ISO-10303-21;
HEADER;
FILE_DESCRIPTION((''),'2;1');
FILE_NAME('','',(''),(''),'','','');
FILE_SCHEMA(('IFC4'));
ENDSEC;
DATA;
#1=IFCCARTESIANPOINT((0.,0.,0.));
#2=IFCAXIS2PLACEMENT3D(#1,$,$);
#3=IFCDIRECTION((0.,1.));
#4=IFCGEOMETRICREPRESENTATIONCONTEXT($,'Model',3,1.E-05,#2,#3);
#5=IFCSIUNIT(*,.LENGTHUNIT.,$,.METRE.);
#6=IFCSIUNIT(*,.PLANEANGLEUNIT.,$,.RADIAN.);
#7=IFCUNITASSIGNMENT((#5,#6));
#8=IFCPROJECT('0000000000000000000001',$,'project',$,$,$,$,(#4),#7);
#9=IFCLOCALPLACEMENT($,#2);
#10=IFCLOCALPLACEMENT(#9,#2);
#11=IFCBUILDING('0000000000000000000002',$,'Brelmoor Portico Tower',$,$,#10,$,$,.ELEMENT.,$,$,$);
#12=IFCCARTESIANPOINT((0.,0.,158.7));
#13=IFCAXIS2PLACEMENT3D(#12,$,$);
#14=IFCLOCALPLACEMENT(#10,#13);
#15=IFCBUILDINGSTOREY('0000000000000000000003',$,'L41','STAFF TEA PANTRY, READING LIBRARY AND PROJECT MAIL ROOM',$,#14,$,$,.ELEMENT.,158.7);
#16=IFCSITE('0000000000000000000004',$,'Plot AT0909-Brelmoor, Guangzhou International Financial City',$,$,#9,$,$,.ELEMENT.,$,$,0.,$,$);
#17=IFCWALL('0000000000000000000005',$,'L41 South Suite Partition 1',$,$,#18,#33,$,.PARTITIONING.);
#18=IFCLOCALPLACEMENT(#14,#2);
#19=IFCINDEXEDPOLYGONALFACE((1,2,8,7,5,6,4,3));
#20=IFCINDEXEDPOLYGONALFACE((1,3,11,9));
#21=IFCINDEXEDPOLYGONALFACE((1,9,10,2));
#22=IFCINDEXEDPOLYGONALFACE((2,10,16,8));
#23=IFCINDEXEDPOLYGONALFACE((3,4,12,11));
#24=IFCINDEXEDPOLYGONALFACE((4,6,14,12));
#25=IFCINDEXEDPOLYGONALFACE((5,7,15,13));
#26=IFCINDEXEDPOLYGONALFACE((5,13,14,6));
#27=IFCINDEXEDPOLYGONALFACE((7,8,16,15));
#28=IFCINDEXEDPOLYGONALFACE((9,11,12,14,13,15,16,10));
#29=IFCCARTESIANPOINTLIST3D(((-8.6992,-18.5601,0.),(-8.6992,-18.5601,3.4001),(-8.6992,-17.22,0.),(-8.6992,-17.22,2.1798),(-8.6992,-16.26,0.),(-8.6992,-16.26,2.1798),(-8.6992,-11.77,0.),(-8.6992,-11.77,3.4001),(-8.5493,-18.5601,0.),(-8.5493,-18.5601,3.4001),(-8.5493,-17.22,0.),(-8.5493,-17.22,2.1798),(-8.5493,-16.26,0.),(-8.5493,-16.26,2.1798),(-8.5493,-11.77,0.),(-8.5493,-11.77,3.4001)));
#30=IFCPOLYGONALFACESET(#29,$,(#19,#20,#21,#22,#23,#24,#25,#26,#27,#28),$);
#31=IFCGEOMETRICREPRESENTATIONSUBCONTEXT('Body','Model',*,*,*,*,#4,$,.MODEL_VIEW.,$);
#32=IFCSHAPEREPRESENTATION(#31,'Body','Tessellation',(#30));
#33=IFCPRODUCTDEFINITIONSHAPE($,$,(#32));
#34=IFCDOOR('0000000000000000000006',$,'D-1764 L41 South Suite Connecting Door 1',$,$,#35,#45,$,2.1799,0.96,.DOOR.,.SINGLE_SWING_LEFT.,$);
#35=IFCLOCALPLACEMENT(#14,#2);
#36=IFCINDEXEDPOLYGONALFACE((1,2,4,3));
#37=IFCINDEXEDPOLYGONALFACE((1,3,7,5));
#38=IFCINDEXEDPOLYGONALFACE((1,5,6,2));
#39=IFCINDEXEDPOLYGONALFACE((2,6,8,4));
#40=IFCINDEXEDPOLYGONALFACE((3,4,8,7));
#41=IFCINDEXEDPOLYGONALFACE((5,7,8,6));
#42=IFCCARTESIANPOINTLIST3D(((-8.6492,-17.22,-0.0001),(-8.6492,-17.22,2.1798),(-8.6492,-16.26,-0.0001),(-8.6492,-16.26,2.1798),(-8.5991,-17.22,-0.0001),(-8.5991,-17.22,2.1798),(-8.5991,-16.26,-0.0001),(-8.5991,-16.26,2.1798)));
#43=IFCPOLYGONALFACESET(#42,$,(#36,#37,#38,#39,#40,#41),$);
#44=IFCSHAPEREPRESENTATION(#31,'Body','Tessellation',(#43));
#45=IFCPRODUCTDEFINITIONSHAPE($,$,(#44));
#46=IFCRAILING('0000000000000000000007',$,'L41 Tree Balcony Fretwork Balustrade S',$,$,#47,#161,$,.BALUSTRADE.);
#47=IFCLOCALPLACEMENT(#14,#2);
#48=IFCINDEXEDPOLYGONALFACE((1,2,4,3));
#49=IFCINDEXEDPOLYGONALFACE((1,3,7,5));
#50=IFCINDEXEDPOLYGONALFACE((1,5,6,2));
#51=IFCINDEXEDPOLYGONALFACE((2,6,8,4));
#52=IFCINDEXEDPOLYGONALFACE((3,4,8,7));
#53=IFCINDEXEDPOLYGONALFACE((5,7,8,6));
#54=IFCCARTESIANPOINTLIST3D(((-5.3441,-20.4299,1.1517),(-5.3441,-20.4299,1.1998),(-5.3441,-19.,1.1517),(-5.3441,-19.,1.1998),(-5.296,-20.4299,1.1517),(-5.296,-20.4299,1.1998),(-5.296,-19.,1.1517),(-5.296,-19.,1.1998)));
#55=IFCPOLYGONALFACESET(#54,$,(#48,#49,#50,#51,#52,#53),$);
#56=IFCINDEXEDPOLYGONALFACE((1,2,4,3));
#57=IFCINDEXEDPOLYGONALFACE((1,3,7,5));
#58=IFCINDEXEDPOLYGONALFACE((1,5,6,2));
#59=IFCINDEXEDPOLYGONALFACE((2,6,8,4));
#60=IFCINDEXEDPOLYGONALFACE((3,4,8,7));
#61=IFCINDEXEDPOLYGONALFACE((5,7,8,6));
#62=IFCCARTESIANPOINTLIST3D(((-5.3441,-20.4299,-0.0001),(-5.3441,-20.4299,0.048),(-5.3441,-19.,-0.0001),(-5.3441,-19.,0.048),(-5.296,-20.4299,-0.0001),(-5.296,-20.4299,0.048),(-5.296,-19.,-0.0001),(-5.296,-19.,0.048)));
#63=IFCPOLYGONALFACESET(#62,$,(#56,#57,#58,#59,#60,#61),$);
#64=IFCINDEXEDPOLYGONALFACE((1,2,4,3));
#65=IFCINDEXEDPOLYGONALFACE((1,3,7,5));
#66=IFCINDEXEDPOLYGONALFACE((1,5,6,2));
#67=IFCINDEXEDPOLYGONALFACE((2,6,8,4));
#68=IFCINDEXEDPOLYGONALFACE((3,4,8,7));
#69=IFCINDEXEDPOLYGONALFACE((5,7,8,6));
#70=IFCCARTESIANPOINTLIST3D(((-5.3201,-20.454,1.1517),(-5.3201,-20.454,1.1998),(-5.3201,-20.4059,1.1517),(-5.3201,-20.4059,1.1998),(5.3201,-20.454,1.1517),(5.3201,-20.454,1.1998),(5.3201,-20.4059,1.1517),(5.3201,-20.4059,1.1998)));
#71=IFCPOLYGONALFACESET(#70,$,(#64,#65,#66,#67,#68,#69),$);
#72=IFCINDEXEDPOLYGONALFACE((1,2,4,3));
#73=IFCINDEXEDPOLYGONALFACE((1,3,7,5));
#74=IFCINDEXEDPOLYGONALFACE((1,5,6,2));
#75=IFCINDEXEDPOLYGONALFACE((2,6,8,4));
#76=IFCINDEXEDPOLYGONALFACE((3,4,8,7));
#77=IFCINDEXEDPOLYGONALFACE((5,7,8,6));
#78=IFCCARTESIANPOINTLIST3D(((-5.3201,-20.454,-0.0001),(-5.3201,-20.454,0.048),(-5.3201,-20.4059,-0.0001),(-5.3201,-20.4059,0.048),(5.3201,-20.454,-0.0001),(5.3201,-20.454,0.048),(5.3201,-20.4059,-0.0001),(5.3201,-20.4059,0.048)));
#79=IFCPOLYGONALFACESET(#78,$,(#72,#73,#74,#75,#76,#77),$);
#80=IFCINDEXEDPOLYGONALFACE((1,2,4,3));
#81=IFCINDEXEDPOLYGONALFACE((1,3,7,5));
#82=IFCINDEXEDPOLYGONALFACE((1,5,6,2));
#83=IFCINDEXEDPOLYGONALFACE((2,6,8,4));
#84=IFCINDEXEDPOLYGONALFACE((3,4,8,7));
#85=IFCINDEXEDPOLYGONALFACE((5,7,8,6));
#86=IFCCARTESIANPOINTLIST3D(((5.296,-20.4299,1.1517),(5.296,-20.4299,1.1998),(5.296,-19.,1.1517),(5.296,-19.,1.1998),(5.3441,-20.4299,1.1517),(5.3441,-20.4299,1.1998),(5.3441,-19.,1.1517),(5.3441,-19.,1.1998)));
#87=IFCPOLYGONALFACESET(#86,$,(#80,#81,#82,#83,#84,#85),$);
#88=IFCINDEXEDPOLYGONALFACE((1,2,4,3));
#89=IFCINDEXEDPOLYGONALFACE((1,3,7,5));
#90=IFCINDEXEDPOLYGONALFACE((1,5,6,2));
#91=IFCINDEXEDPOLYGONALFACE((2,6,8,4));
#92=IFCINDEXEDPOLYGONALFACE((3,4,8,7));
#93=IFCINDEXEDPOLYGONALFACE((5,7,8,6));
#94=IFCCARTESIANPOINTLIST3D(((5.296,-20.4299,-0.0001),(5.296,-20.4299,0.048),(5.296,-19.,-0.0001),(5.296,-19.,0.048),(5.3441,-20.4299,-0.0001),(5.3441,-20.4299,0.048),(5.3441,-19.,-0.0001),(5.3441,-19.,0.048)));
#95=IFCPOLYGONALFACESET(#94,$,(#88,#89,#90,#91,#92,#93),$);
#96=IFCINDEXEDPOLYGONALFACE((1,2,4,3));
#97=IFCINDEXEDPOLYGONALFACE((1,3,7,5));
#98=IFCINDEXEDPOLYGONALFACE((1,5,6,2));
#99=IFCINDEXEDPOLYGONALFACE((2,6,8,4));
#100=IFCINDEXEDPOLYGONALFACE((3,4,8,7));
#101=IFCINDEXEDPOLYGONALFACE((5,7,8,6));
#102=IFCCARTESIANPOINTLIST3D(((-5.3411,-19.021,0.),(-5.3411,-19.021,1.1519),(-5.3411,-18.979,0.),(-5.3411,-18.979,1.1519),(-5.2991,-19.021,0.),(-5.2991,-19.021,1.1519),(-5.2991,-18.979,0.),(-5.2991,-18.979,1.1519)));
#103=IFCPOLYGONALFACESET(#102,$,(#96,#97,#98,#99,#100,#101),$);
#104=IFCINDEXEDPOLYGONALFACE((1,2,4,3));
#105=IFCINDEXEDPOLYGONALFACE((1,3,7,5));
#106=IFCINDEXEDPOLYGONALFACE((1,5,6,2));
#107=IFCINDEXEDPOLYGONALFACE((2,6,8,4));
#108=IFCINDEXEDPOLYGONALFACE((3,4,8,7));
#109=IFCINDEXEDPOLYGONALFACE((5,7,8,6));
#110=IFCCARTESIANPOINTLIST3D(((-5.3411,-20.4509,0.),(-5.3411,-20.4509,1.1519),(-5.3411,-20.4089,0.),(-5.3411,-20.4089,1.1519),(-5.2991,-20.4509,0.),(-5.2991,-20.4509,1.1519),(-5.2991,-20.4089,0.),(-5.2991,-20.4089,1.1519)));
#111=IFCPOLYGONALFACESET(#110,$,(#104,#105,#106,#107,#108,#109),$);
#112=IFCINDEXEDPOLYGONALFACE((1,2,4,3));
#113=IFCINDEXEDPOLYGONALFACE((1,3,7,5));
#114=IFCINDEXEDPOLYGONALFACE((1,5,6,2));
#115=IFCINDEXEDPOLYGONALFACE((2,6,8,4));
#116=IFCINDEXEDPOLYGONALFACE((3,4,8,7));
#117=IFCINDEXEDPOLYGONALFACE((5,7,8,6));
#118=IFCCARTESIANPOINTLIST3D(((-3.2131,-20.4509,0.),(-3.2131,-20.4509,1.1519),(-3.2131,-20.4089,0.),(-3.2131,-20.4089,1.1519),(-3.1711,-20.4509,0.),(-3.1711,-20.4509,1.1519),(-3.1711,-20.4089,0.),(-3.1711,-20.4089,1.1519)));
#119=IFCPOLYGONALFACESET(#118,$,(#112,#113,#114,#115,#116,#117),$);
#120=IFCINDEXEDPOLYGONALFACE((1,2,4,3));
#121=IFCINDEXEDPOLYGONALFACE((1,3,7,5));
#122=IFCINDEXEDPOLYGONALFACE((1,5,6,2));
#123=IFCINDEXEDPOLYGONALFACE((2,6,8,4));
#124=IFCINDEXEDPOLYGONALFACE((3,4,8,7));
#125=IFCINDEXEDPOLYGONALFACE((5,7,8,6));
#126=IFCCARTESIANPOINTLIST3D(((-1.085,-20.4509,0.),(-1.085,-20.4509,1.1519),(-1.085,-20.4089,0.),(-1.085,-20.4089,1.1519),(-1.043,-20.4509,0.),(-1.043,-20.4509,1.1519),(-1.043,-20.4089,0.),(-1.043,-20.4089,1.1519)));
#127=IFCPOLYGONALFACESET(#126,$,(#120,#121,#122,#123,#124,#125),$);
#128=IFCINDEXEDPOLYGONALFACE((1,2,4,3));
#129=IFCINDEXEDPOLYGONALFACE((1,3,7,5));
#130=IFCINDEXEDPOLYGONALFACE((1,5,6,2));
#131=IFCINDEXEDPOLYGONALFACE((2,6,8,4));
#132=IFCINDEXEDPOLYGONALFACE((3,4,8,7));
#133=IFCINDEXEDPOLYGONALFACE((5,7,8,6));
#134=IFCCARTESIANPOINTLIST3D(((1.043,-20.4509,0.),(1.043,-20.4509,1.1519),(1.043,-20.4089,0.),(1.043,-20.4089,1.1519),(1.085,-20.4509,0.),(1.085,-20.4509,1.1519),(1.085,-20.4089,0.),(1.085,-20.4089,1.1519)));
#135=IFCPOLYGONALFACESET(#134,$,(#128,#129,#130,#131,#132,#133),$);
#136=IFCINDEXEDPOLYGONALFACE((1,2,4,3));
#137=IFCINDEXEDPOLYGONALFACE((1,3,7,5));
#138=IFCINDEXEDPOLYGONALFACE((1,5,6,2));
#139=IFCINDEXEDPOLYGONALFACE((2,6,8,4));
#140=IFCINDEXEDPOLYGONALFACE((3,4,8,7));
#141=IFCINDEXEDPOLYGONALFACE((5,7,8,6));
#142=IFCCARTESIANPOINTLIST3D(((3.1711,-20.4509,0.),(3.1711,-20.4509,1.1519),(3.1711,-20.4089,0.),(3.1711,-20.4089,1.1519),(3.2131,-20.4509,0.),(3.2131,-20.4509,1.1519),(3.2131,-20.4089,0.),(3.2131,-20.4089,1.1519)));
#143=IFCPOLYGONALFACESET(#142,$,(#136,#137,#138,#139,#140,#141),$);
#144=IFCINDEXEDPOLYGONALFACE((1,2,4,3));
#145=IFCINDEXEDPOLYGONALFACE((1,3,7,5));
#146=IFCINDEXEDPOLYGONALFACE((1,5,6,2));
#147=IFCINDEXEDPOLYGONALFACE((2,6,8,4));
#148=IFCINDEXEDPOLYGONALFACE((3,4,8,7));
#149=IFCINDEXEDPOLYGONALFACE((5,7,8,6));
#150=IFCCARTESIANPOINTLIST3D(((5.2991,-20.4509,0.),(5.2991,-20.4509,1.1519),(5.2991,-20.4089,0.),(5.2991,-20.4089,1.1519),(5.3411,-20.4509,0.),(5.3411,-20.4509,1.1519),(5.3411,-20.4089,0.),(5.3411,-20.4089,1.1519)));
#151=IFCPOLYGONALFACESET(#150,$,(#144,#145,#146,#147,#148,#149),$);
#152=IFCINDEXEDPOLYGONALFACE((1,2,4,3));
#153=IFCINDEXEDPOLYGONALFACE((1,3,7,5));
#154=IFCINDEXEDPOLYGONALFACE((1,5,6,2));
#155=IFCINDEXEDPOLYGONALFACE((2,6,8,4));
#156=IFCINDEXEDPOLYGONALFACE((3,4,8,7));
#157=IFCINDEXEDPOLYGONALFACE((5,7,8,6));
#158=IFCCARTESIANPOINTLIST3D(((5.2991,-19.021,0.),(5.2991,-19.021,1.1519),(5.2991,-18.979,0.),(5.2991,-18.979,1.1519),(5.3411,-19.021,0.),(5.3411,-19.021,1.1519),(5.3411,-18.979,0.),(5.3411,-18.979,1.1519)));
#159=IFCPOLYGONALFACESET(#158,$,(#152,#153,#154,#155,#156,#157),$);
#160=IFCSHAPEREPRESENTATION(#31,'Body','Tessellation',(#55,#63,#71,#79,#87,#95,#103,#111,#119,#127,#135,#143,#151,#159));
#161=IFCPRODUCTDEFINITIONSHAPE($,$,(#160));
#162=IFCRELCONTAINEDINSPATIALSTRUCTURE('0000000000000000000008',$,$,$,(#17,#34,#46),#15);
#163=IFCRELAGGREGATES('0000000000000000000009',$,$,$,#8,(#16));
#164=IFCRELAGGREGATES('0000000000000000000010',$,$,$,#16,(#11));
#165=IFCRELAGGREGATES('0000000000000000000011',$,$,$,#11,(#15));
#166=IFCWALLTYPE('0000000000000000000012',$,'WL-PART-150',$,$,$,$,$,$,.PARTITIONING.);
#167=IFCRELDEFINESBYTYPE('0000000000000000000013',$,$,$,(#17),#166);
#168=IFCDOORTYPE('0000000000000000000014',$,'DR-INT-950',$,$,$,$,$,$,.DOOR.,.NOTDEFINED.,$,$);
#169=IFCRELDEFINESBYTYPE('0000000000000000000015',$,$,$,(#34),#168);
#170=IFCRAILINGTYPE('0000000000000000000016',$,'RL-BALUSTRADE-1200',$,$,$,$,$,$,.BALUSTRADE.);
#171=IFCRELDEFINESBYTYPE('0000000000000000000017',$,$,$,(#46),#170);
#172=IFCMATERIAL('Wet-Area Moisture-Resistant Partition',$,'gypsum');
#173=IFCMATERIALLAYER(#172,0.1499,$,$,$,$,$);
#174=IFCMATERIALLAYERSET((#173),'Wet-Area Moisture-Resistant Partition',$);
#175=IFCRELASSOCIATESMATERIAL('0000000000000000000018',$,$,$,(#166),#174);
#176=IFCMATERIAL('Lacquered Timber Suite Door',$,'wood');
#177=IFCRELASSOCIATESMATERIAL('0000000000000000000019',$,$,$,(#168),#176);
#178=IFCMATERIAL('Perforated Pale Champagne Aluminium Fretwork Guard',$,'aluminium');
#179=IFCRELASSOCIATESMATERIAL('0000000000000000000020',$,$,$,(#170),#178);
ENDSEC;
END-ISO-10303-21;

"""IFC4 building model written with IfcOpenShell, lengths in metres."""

from ifc_helpers import new_model, si_unit, direction, frame, frame_2d, origin, origin_2d, place, context, subcontext, project, spatial, rectangle, extrude, material, layer, layer_set, type_object, element, fill, save


model = new_model("IFC4")

# Units and contexts
model_context = context("Model", 3, precision=1e-05, world=origin(), true_north=direction((0.0, 1.0)))
body_context = subcontext(model_context, "Body", "Model", "MODEL_VIEW")
ifc_project = project(units=[si_unit("LENGTHUNIT", "METRE"), si_unit("PLANEANGLEUNIT", "RADIAN")], contexts=[model_context])

# Site, building, storey
site_placement = place(None, origin())
site = spatial("IfcSite", under=ifc_project, at=site_placement, Name="Plot AT0909-Brelmoor, Guangzhou International Financial City", CompositionType="ELEMENT", RefElevation=0.0)
building_placement = place(site_placement, origin())
building = spatial("IfcBuilding", under=site, at=building_placement, Name="Brelmoor Portico Tower", CompositionType="ELEMENT")
storey_placement = place(building_placement, frame((0.0, 0.0, 158.7)))
storey = spatial("IfcBuildingStorey", under=building, at=storey_placement, Name="L41", Description="STAFF TEA PANTRY, READING LIBRARY AND PROJECT MAIL ROOM", CompositionType="ELEMENT", Elevation=158.7)

# Wall, opening, door
ifc_material_1 = material(Name="Wet-Area Moisture-Resistant Partition", Category="gypsum")
ifc_layer_1 = layer(ifc_material_1, 0.1499)
ifc_layer_set_1 = layer_set([ifc_layer_1], Name="Wet-Area Moisture-Resistant Partition")
wall_type_1 = type_object("IfcWallType", Name="WL-PART-150", PredefinedType="PARTITIONING", material=ifc_layer_set_1)
wall_1_placement = place(storey_placement, frame((-8.6243, -18.5601, 0.0), z_axis=(0.0, 0.0, 1.0), x_axis=(0.0, 1.0, 0.0)))
wall_1 = element("IfcWall", 1, at=wall_1_placement, inside=storey, type_object=wall_type_1, Name="L41 South Suite Partition 1", PredefinedType="PARTITIONING", context=body_context, shape_type="SweptSolid", body=[
    extrude(rectangle(XDim=6.79, YDim=0.1499, at=frame_2d((3.395, 0.0))), origin(), (0.0, 0.0, 1.0), 3.4001),
])
opening_1_placement = place(wall_1_placement, frame((1.3401, 0.0, 0.0)))
opening_1 = element("IfcOpeningElement", 2, at=opening_1_placement, cuts=wall_1, PredefinedType="OPENING", context=body_context, shape_type="SweptSolid", body=[
    extrude(rectangle(XDim=0.96, YDim=2.1799, at=frame_2d((0.48, 1.0898))), frame((0.0, 0.085, 0.0), z_axis=(0.0, -1.0, 0.0), x_axis=(1.0, 0.0, 0.0)), (0.0, 0.0, 1.0), 0.1699),
])
ifc_material_2 = material(Name="Lacquered Timber Suite Door", Category="wood")
door_type_1 = type_object("IfcDoorType", Name="DR-INT-950", OperationType="NOTDEFINED", PredefinedType="DOOR", material=ifc_material_2)
door_1_placement = place(opening_1_placement, origin())
door_1 = element("IfcDoor", 3, at=door_1_placement, inside=storey, type_object=door_type_1, Name="D-1764 L41 South Suite Connecting Door 1", OperationType="SINGLE_SWING_LEFT", OverallHeight=2.1799, OverallWidth=0.96, PredefinedType="DOOR", context=body_context, shape_type="SweptSolid", body=[
    extrude(rectangle(XDim=0.96, YDim=2.1799, at=frame_2d((0.48, 1.0898))), frame((0.0, 0.0249, 0.0), z_axis=(0.0, -1.0, 0.0), x_axis=(1.0, 0.0, 0.0)), (0.0, 0.0, 1.0), 0.05),
])
fill(opening_1, door_1)

# Railing
ifc_material_3 = material(Name="Perforated Pale Champagne Aluminium Fretwork Guard", Category="aluminium")
railing_type = type_object("IfcRailingType", Name="RL-BALUSTRADE-1200", PredefinedType="BALUSTRADE", material=ifc_material_3)
railing_placement = place(storey_placement, frame((-5.3201, -19.0, 0.0)))
element("IfcRailing", 4, at=railing_placement, inside=storey, type_object=railing_type, Name="L41 Tree Balcony Fretwork Balustrade S", PredefinedType="BALUSTRADE", context=body_context, shape_type="SweptSolid", body=[
    extrude(rectangle(XDim=0.0481, YDim=0.0481, at=origin_2d()), frame((0.0, 0.0, 1.1758), z_axis=(0.0, -1.0, 0.0), x_axis=(1.0, 0.0, 0.0)), (0.0, 0.0, 1.0), 1.4299),
    extrude(rectangle(XDim=0.0481, YDim=0.0481, at=origin_2d()), frame((0.0, 0.0, 0.0239), z_axis=(0.0, -1.0, 0.0), x_axis=(1.0, 0.0, 0.0)), (0.0, 0.0, 1.0), 1.4299),
    extrude(rectangle(XDim=0.0481, YDim=0.0481, at=origin_2d()), frame((0.0, -1.4299, 1.1758), z_axis=(1.0, 0.0, 0.0), x_axis=(0.0, 1.0, 0.0)), (0.0, 0.0, 1.0), 10.6401),
    extrude(rectangle(XDim=0.0481, YDim=0.0481, at=origin_2d()), frame((0.0, -1.4299, 0.0239), z_axis=(1.0, 0.0, 0.0), x_axis=(0.0, 1.0, 0.0)), (0.0, 0.0, 1.0), 10.6401),
    extrude(rectangle(XDim=0.0481, YDim=0.0481, at=origin_2d()), frame((10.6401, -1.4299, 1.1758), z_axis=(0.0, 1.0, 0.0), x_axis=(-1.0, 0.0, 0.0)), (0.0, 0.0, 1.0), 1.4299),
    extrude(rectangle(XDim=0.0481, YDim=0.0481, at=origin_2d()), frame((10.6401, -1.4299, 0.0239), z_axis=(0.0, 1.0, 0.0), x_axis=(-1.0, 0.0, 0.0)), (0.0, 0.0, 1.0), 1.4299),
    extrude(rectangle(XDim=0.042, YDim=0.042, at=origin_2d()), origin(), (0.0, 0.0, 1.0), 1.1519),
    extrude(rectangle(XDim=0.042, YDim=0.042, at=origin_2d()), frame((0.0, -1.4299, 0.0)), (0.0, 0.0, 1.0), 1.1519),
    extrude(rectangle(XDim=0.042, YDim=0.042, at=origin_2d()), frame((2.1279, -1.4299, 0.0)), (0.0, 0.0, 1.0), 1.1519),
    extrude(rectangle(XDim=0.042, YDim=0.042, at=origin_2d()), frame((4.2561, -1.4299, 0.0)), (0.0, 0.0, 1.0), 1.1519),
    extrude(rectangle(XDim=0.042, YDim=0.042, at=origin_2d()), frame((6.384, -1.4299, 0.0)), (0.0, 0.0, 1.0), 1.1519),
    extrude(rectangle(XDim=0.042, YDim=0.042, at=origin_2d()), frame((8.5122, -1.4299, 0.0)), (0.0, 0.0, 1.0), 1.1519),
    extrude(rectangle(XDim=0.042, YDim=0.042, at=origin_2d()), frame((10.6401, -1.4299, 0.0)), (0.0, 0.0, 1.0), 1.1519),
    extrude(rectangle(XDim=0.042, YDim=0.042, at=origin_2d()), frame((10.6401, 0.0, 0.0)), (0.0, 0.0, 1.0), 1.1519),
])

save(model, "model.ifc")
